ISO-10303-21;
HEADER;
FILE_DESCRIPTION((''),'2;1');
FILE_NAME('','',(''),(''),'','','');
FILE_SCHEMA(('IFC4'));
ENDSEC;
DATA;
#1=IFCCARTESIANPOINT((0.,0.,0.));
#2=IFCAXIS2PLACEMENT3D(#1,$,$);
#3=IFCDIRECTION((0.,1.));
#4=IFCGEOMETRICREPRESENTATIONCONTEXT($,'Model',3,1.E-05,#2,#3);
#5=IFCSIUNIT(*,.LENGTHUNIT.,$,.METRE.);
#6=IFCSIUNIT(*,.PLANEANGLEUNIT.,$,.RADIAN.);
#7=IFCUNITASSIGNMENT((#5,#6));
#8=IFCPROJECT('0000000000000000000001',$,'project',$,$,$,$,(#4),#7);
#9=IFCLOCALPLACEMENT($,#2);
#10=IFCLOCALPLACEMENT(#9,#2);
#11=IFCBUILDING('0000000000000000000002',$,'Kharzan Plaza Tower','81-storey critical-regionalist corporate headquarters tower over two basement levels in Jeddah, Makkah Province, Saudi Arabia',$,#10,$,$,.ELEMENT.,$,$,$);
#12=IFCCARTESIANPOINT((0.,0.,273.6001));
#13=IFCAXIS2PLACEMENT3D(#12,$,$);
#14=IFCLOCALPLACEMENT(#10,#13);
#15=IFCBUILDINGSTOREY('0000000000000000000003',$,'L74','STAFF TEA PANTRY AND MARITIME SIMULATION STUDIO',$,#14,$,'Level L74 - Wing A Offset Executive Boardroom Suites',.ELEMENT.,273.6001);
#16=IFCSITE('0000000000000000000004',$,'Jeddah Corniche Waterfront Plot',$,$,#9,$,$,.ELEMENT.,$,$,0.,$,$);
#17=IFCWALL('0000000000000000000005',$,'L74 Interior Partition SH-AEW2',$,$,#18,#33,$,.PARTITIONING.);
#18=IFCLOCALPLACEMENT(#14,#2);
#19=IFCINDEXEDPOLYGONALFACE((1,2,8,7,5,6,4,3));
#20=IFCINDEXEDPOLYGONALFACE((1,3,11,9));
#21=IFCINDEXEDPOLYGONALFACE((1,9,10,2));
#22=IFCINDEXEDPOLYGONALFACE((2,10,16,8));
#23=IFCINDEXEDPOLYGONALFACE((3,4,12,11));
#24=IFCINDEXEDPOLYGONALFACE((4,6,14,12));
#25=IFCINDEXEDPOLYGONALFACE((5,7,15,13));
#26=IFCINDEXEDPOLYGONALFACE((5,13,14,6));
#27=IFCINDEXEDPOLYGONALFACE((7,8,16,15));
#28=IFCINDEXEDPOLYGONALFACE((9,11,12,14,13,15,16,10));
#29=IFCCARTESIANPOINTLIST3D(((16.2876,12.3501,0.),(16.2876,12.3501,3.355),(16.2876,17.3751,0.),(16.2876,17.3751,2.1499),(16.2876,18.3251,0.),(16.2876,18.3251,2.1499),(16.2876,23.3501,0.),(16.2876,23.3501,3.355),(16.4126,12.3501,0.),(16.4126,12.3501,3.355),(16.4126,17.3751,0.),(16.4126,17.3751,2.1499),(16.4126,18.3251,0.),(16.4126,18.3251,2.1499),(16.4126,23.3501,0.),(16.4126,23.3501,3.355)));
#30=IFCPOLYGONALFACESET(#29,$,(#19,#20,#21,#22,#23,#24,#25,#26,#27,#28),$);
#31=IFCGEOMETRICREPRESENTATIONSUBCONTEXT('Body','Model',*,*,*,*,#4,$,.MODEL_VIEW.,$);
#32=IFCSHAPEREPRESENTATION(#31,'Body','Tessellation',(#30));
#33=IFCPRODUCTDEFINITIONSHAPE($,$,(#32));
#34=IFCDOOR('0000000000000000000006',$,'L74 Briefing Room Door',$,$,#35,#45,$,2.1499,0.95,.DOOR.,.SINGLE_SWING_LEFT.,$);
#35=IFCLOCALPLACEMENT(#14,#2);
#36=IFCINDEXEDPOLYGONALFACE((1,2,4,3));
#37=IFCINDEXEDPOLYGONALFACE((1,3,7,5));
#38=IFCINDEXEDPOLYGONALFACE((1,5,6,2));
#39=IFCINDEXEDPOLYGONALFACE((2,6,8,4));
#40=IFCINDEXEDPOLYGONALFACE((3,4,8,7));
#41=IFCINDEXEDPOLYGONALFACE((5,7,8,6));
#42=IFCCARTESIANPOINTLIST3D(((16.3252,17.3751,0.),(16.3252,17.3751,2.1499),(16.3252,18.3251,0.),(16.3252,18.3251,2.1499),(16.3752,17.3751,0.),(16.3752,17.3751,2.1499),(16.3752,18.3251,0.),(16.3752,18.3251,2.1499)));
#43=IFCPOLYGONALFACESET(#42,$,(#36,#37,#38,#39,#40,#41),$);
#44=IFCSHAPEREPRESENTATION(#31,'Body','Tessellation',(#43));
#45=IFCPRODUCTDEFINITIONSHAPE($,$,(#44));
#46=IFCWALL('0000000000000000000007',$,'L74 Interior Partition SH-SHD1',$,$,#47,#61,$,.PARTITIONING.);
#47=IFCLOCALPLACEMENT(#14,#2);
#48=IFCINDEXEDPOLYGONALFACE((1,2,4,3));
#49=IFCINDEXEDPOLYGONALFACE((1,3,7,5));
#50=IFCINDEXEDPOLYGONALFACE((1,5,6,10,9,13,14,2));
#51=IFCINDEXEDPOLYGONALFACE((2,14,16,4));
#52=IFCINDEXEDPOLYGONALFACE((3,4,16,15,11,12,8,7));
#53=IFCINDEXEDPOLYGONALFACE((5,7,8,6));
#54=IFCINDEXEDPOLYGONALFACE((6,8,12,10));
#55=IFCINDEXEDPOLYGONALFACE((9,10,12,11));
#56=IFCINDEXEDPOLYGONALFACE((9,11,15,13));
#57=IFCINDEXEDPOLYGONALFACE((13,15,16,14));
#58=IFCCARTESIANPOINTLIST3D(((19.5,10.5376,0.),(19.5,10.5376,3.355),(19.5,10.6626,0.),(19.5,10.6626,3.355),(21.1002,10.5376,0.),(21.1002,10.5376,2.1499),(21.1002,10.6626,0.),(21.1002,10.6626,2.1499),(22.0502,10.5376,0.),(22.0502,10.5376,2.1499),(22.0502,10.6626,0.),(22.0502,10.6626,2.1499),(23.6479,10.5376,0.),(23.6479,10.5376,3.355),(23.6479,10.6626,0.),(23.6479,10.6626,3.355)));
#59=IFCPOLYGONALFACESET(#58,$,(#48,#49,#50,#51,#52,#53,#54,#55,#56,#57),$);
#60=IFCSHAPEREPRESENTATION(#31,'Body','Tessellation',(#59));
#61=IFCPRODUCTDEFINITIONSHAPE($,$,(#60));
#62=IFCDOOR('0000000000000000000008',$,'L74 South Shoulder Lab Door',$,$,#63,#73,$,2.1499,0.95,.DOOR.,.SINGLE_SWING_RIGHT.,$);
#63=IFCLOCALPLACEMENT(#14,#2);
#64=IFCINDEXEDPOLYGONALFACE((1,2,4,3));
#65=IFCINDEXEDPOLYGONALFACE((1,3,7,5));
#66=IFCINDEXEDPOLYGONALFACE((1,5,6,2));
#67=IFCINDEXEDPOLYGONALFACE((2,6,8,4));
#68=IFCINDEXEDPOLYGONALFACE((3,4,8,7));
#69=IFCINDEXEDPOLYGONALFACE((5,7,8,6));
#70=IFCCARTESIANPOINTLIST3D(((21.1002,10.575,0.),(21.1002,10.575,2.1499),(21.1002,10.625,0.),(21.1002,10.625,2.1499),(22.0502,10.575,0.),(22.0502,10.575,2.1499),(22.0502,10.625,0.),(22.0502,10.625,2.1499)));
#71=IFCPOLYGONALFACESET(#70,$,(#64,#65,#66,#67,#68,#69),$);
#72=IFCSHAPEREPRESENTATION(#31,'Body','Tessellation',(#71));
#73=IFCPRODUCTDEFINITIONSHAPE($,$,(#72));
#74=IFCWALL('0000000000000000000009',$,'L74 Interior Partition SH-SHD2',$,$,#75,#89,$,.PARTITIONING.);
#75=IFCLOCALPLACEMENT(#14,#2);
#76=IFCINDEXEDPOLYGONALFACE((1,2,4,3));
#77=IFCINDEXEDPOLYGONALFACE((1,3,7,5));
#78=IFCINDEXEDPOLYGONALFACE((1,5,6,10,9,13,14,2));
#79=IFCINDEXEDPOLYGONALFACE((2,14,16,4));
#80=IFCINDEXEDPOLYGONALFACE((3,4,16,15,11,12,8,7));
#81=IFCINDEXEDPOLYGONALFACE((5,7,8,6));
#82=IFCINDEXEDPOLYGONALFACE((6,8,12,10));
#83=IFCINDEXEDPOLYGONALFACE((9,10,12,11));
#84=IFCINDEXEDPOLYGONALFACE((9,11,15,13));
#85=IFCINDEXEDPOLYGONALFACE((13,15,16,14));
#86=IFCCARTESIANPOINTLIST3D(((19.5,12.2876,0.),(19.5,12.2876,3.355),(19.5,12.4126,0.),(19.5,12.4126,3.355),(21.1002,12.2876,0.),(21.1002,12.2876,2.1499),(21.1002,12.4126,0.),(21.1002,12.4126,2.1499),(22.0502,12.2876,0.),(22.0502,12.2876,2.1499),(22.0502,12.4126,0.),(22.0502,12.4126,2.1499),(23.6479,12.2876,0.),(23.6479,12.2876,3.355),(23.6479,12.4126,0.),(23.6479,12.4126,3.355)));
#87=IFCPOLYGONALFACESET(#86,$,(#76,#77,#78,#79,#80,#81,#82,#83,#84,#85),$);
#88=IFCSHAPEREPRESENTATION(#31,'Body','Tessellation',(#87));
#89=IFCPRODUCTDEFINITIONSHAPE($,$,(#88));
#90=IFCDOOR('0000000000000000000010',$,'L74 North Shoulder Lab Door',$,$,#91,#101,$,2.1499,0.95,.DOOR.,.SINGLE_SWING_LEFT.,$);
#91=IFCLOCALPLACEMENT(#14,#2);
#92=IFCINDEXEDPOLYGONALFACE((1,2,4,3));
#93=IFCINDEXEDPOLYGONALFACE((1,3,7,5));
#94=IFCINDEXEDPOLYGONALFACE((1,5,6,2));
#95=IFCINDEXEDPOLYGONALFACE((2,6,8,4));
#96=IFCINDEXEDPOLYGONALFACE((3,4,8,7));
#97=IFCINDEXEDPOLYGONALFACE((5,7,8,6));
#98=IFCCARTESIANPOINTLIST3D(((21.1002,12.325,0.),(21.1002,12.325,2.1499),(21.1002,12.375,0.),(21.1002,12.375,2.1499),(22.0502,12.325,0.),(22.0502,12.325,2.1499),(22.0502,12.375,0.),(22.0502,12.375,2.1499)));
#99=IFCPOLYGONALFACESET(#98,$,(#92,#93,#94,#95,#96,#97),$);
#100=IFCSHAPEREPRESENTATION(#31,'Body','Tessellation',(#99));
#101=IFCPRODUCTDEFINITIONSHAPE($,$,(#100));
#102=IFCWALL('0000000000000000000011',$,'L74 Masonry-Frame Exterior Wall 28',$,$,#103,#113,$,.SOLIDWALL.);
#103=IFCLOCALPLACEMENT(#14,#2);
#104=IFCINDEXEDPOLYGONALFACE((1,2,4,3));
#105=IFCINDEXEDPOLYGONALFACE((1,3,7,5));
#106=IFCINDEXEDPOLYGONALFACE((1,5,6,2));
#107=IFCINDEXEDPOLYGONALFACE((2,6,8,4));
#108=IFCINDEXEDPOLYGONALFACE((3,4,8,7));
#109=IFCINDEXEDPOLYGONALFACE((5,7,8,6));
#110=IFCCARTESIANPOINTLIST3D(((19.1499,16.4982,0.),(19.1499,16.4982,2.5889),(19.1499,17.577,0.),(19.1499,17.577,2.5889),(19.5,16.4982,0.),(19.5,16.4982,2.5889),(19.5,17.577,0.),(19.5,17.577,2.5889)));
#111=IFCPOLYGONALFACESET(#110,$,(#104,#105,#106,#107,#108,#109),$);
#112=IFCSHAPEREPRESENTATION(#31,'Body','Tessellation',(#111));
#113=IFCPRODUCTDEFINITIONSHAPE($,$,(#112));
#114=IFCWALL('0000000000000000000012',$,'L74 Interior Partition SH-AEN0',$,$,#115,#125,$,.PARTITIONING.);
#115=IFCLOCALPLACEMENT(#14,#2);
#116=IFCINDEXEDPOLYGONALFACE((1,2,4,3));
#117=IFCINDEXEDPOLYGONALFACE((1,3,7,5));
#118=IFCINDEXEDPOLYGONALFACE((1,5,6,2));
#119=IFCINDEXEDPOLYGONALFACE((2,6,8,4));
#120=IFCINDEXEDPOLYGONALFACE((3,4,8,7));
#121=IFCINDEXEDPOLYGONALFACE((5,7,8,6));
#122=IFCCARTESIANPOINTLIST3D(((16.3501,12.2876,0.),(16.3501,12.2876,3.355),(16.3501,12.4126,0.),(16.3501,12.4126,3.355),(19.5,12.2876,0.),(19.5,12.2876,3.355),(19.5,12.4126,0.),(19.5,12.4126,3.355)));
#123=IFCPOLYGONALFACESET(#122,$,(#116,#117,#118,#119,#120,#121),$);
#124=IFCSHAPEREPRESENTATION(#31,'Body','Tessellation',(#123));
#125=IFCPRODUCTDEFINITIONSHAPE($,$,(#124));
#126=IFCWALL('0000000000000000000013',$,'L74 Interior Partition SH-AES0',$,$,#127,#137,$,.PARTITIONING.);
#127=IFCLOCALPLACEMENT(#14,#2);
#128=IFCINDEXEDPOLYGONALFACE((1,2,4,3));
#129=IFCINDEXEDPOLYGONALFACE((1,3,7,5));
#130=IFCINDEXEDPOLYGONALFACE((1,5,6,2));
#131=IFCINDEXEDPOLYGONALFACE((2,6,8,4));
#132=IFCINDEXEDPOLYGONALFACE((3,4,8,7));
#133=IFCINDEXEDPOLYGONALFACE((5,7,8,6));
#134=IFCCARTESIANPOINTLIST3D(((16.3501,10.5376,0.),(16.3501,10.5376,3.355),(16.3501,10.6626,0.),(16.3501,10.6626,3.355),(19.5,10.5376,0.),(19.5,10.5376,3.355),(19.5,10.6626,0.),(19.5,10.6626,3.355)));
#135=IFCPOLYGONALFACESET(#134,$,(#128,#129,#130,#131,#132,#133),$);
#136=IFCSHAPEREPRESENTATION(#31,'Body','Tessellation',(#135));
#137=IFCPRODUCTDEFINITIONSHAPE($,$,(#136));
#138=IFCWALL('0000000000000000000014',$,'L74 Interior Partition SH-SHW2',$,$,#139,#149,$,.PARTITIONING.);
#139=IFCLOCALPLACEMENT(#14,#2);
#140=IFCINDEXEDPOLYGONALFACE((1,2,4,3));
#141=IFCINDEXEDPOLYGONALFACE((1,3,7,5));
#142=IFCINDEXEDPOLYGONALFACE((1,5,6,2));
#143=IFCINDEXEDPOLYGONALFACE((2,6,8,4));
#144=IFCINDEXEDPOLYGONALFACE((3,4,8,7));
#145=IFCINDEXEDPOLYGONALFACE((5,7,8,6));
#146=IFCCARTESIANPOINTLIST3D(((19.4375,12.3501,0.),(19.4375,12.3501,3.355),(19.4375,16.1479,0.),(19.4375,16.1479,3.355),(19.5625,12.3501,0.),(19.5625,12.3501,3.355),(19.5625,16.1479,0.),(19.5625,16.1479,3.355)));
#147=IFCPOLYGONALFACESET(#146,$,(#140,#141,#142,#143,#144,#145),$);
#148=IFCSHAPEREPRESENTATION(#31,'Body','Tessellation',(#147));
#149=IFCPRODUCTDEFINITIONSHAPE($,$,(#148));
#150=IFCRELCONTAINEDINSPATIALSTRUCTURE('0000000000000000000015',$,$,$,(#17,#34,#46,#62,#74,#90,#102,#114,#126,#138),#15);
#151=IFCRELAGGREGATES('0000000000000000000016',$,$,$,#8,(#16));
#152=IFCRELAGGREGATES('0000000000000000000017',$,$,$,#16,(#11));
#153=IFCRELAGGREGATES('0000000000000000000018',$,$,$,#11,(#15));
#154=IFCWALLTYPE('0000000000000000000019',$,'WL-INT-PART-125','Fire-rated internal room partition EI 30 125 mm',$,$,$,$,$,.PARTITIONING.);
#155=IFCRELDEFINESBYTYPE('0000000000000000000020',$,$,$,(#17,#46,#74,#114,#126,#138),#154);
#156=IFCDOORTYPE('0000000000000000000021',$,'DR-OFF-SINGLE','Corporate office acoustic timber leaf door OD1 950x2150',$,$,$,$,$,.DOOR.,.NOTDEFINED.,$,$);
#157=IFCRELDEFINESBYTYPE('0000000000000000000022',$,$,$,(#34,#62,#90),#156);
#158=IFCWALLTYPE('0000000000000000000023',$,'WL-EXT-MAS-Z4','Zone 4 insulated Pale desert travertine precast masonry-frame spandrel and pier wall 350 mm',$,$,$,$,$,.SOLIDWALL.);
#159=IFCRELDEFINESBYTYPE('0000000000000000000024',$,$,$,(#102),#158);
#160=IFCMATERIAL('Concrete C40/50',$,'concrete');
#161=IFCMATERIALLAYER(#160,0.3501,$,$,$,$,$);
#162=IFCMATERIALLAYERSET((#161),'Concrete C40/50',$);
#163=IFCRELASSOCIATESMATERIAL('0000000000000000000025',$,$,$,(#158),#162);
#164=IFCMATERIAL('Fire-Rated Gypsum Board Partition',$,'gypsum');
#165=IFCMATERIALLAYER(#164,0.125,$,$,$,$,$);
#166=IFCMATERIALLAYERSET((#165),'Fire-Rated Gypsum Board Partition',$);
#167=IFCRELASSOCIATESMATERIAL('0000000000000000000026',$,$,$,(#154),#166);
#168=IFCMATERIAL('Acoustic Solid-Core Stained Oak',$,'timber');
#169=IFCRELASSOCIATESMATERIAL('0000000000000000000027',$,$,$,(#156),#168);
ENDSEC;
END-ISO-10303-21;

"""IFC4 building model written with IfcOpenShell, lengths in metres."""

from ifc_helpers import new_model, si_unit, direction, frame, frame_2d, origin, place, context, subcontext, project, spatial, rectangle, extrude, source, transform, mapped, material, layer, layer_set, type_object, element, fill, save


model = new_model("IFC4")

# Units and contexts
model_context = context("Model", 3, precision=1e-05, world=origin(), true_north=direction((0.0, 1.0)))
body_context = subcontext(model_context, "Body", "Model", "MODEL_VIEW")
ifc_project = project(units=[si_unit("LENGTHUNIT", "METRE"), si_unit("PLANEANGLEUNIT", "RADIAN")], contexts=[model_context])

# Site, building, storey
site_placement = place(None, origin())
site = spatial("IfcSite", under=ifc_project, at=site_placement, Name="Jeddah Corniche Waterfront Plot", CompositionType="ELEMENT", RefElevation=0.0)
building_placement = place(site_placement, origin())
building = spatial("IfcBuilding", under=site, at=building_placement, Name="Kharzan Plaza Tower", Description="81-storey critical-regionalist corporate headquarters tower over two basement levels in Jeddah, Makkah Province, Saudi Arabia", CompositionType="ELEMENT")
storey_placement = place(building_placement, frame((0.0, 0.0, 273.6001)))
storey = spatial("IfcBuildingStorey", under=building, at=storey_placement, Name="L74", Description="STAFF TEA PANTRY AND MARITIME SIMULATION STUDIO", LongName="Level L74 - Wing A Offset Executive Boardroom Suites", CompositionType="ELEMENT", Elevation=273.6001)

# Shared definitions
ifc_material_1 = material(Name="Concrete C40/50", Category="concrete")
ifc_layer_1 = layer(ifc_material_1, 0.3501)
ifc_layer_set_1 = layer_set([ifc_layer_1], Name="Concrete C40/50")
wall_type_1 = type_object("IfcWallType", Name="WL-EXT-MAS-Z4", Description="Zone 4 insulated Pale desert travertine precast masonry-frame spandrel and pier wall 350 mm", PredefinedType="SOLIDWALL", material=ifc_layer_set_1)

# Walls, openings, doors
ifc_material_2 = material(Name="Fire-Rated Gypsum Board Partition", Category="gypsum")
ifc_layer_2 = layer(ifc_material_2, 0.125)
ifc_layer_set_2 = layer_set([ifc_layer_2], Name="Fire-Rated Gypsum Board Partition")
wall_type_2 = type_object("IfcWallType", Name="WL-INT-PART-125", Description="Fire-rated internal room partition EI 30 125 mm", PredefinedType="PARTITIONING", material=ifc_layer_set_2)
wall_1_placement = place(storey_placement, frame((16.3501, 12.3501, 0.0), z_axis=(0.0, 0.0, 1.0), x_axis=(0.0, 1.0, 0.0)))
wall_1 = element("IfcWall", 1, at=wall_1_placement, inside=storey, type_object=wall_type_2, Name="L74 Interior Partition SH-AEW2", PredefinedType="PARTITIONING", context=body_context, shape_type="SweptSolid", body=[
    extrude(rectangle(XDim=11.0, YDim=0.125, at=frame_2d((5.5, 0.0))), origin(), (0.0, 0.0, 1.0), 3.355),
])
opening_1_placement = place(wall_1_placement, frame((5.0249, 0.0, 0.0)))
opening_1 = element("IfcOpeningElement", 2, at=opening_1_placement, cuts=wall_1, PredefinedType="OPENING", context=body_context, shape_type="SweptSolid", body=[
    extrude(rectangle(XDim=0.95, YDim=2.1499, at=frame_2d((0.4751, 1.075))), frame((0.0, 0.0725, 0.0), z_axis=(0.0, -1.0, 0.0), x_axis=(1.0, 0.0, 0.0)), (0.0, 0.0, 1.0), 0.145),
])
ifc_material_3 = material(Name="Acoustic Solid-Core Stained Oak", Category="timber")
door_type = type_object("IfcDoorType", Name="DR-OFF-SINGLE", Description="Corporate office acoustic timber leaf door OD1 950x2150", OperationType="NOTDEFINED", PredefinedType="DOOR", material=ifc_material_3)
shared_shape_1 = source(origin(), body_context, "Body", "SweptSolid", [
    extrude(rectangle(XDim=0.95, YDim=2.1499, at=frame_2d((0.4751, 1.075))), frame((0.0, 0.0249, 0.0), z_axis=(0.0, -1.0, 0.0), x_axis=(1.0, 0.0, 0.0)), (0.0, 0.0, 1.0), 0.05),
])
door_1_placement = place(opening_1_placement, origin())
door_1 = element("IfcDoor", 3, at=door_1_placement, inside=storey, type_object=door_type, Name="L74 Briefing Room Door", OperationType="SINGLE_SWING_LEFT", OverallHeight=2.1499, OverallWidth=0.95, PredefinedType="DOOR", context=body_context, shape_type="MappedRepresentation", body=[
    mapped(shared_shape_1, transform((0.0, 0.0, 0.0), x_axis=(1.0, 0.0, 0.0), y_axis=(0.0, 1.0, 0.0), z_axis=(0.0, 0.0, 1.0))),
])
fill(opening_1, door_1)
wall_2_placement = place(storey_placement, frame((19.5, 10.6001, 0.0), z_axis=(0.0, 0.0, 1.0), x_axis=(1.0, 0.0, 0.0)))
wall_2 = element("IfcWall", 4, at=wall_2_placement, inside=storey, type_object=wall_type_2, Name="L74 Interior Partition SH-SHD1", PredefinedType="PARTITIONING", context=body_context, shape_type="SweptSolid", body=[
    extrude(rectangle(XDim=4.1479, YDim=0.125, at=frame_2d((2.074, 0.0))), origin(), (0.0, 0.0, 1.0), 3.355),
])
opening_2_placement = place(wall_2_placement, frame((1.6001, 0.0, 0.0)))
opening_2 = element("IfcOpeningElement", 5, at=opening_2_placement, cuts=wall_2, PredefinedType="OPENING", context=body_context, shape_type="SweptSolid", body=[
    extrude(rectangle(XDim=0.95, YDim=2.1499, at=frame_2d((0.4751, 1.075))), frame((0.0, 0.0725, 0.0), z_axis=(0.0, -1.0, 0.0), x_axis=(1.0, 0.0, 0.0)), (0.0, 0.0, 1.0), 0.145),
])
door_2_placement = place(opening_2_placement, origin())
door_2 = element("IfcDoor", 6, at=door_2_placement, inside=storey, type_object=door_type, Name="L74 South Shoulder Lab Door", OperationType="SINGLE_SWING_RIGHT", OverallHeight=2.1499, OverallWidth=0.95, PredefinedType="DOOR", context=body_context, shape_type="MappedRepresentation", body=[
    mapped(shared_shape_1, transform((0.0, 0.0, 0.0), x_axis=(1.0, 0.0, 0.0), y_axis=(0.0, 1.0, 0.0), z_axis=(0.0, 0.0, 1.0))),
])
fill(opening_2, door_2)
wall_3_placement = place(storey_placement, frame((19.5, 12.3501, 0.0), z_axis=(0.0, 0.0, 1.0), x_axis=(1.0, 0.0, 0.0)))
wall_3 = element("IfcWall", 7, at=wall_3_placement, inside=storey, type_object=wall_type_2, Name="L74 Interior Partition SH-SHD2", PredefinedType="PARTITIONING", context=body_context, shape_type="SweptSolid", body=[
    extrude(rectangle(XDim=4.1479, YDim=0.125, at=frame_2d((2.074, 0.0))), origin(), (0.0, 0.0, 1.0), 3.355),
])
opening_3_placement = place(wall_3_placement, frame((1.6001, 0.0, 0.0)))
opening_3 = element("IfcOpeningElement", 8, at=opening_3_placement, cuts=wall_3, PredefinedType="OPENING", context=body_context, shape_type="SweptSolid", body=[
    extrude(rectangle(XDim=0.95, YDim=2.1499, at=frame_2d((0.4751, 1.075))), frame((0.0, 0.0725, 0.0), z_axis=(0.0, -1.0, 0.0), x_axis=(1.0, 0.0, 0.0)), (0.0, 0.0, 1.0), 0.145),
])
door_3_placement = place(opening_3_placement, origin())
door_3 = element("IfcDoor", 9, at=door_3_placement, inside=storey, type_object=door_type, Name="L74 North Shoulder Lab Door", OperationType="SINGLE_SWING_LEFT", OverallHeight=2.1499, OverallWidth=0.95, PredefinedType="DOOR", context=body_context, shape_type="MappedRepresentation", body=[
    mapped(shared_shape_1, transform((0.0, 0.0, 0.0), x_axis=(1.0, 0.0, 0.0), y_axis=(0.0, 1.0, 0.0), z_axis=(0.0, 0.0, 1.0))),
])
fill(opening_3, door_3)

# Walls
shared_shape_2 = source(origin(), body_context, "Body", "SweptSolid", [
    extrude(rectangle(XDim=1.0789, YDim=0.3501, at=frame_2d((0.5396, 0.0))), origin(), (0.0, 0.0, 1.0), 2.5889),
])
wall_4_placement = place(storey_placement, frame((19.325, 16.498, 0.0), z_axis=(0.0, 0.0, 1.0), x_axis=(0.0, 1.0, 0.0)))
element("IfcWall", 10, at=wall_4_placement, inside=storey, type_object=wall_type_1, Name="L74 Masonry-Frame Exterior Wall 28", PredefinedType="SOLIDWALL", context=body_context, shape_type="MappedRepresentation", body=[
    mapped(shared_shape_2, transform((0.0, 0.0, 0.0), x_axis=(1.0, 0.0, 0.0), y_axis=(0.0, 1.0, 0.0), z_axis=(0.0, 0.0, 1.0))),
])
shared_shape_3 = source(origin(), body_context, "Body", "SweptSolid", [
    extrude(rectangle(XDim=3.1499, YDim=0.125, at=frame_2d((1.575, 0.0))), origin(), (0.0, 0.0, 1.0), 3.355),
])
for number, where, z_axis, x_axis, name in (
    (11, (16.3501, 12.3501, 0.0), (0.0, 0.0, 1.0), (1.0, 0.0, 0.0), "L74 Interior Partition SH-AEN0"),
    (12, (16.3501, 10.6001, 0.0), (0.0, 0.0, 1.0), (1.0, 0.0, 0.0), "L74 Interior Partition SH-AES0"),
):
    element("IfcWall", number, at=place(storey_placement, frame(where, z_axis=z_axis, x_axis=x_axis)), inside=storey, type_object=wall_type_2, Name=name, PredefinedType="PARTITIONING", context=body_context, shape_type="MappedRepresentation", body=[
        mapped(shared_shape_3, transform((0.0, 0.0, 0.0), x_axis=(1.0, 0.0, 0.0), y_axis=(0.0, 1.0, 0.0), z_axis=(0.0, 0.0, 1.0))),
    ])
shared_shape_4 = source(origin(), body_context, "Body", "SweptSolid", [
    extrude(rectangle(XDim=3.7979, YDim=0.125, at=frame_2d((1.8989, 0.0))), origin(), (0.0, 0.0, 1.0), 3.355),
])
wall_5_placement = place(storey_placement, frame((19.5, 12.3501, 0.0), z_axis=(0.0, 0.0, 1.0), x_axis=(0.0, 1.0, 0.0)))
element("IfcWall", 13, at=wall_5_placement, inside=storey, type_object=wall_type_2, Name="L74 Interior Partition SH-SHW2", PredefinedType="PARTITIONING", context=body_context, shape_type="MappedRepresentation", body=[
    mapped(shared_shape_4, transform((0.0, 0.0, 0.0), x_axis=(1.0, 0.0, 0.0), y_axis=(0.0, 1.0, 0.0), z_axis=(0.0, 0.0, 1.0))),
])

save(model, "model.ifc")
